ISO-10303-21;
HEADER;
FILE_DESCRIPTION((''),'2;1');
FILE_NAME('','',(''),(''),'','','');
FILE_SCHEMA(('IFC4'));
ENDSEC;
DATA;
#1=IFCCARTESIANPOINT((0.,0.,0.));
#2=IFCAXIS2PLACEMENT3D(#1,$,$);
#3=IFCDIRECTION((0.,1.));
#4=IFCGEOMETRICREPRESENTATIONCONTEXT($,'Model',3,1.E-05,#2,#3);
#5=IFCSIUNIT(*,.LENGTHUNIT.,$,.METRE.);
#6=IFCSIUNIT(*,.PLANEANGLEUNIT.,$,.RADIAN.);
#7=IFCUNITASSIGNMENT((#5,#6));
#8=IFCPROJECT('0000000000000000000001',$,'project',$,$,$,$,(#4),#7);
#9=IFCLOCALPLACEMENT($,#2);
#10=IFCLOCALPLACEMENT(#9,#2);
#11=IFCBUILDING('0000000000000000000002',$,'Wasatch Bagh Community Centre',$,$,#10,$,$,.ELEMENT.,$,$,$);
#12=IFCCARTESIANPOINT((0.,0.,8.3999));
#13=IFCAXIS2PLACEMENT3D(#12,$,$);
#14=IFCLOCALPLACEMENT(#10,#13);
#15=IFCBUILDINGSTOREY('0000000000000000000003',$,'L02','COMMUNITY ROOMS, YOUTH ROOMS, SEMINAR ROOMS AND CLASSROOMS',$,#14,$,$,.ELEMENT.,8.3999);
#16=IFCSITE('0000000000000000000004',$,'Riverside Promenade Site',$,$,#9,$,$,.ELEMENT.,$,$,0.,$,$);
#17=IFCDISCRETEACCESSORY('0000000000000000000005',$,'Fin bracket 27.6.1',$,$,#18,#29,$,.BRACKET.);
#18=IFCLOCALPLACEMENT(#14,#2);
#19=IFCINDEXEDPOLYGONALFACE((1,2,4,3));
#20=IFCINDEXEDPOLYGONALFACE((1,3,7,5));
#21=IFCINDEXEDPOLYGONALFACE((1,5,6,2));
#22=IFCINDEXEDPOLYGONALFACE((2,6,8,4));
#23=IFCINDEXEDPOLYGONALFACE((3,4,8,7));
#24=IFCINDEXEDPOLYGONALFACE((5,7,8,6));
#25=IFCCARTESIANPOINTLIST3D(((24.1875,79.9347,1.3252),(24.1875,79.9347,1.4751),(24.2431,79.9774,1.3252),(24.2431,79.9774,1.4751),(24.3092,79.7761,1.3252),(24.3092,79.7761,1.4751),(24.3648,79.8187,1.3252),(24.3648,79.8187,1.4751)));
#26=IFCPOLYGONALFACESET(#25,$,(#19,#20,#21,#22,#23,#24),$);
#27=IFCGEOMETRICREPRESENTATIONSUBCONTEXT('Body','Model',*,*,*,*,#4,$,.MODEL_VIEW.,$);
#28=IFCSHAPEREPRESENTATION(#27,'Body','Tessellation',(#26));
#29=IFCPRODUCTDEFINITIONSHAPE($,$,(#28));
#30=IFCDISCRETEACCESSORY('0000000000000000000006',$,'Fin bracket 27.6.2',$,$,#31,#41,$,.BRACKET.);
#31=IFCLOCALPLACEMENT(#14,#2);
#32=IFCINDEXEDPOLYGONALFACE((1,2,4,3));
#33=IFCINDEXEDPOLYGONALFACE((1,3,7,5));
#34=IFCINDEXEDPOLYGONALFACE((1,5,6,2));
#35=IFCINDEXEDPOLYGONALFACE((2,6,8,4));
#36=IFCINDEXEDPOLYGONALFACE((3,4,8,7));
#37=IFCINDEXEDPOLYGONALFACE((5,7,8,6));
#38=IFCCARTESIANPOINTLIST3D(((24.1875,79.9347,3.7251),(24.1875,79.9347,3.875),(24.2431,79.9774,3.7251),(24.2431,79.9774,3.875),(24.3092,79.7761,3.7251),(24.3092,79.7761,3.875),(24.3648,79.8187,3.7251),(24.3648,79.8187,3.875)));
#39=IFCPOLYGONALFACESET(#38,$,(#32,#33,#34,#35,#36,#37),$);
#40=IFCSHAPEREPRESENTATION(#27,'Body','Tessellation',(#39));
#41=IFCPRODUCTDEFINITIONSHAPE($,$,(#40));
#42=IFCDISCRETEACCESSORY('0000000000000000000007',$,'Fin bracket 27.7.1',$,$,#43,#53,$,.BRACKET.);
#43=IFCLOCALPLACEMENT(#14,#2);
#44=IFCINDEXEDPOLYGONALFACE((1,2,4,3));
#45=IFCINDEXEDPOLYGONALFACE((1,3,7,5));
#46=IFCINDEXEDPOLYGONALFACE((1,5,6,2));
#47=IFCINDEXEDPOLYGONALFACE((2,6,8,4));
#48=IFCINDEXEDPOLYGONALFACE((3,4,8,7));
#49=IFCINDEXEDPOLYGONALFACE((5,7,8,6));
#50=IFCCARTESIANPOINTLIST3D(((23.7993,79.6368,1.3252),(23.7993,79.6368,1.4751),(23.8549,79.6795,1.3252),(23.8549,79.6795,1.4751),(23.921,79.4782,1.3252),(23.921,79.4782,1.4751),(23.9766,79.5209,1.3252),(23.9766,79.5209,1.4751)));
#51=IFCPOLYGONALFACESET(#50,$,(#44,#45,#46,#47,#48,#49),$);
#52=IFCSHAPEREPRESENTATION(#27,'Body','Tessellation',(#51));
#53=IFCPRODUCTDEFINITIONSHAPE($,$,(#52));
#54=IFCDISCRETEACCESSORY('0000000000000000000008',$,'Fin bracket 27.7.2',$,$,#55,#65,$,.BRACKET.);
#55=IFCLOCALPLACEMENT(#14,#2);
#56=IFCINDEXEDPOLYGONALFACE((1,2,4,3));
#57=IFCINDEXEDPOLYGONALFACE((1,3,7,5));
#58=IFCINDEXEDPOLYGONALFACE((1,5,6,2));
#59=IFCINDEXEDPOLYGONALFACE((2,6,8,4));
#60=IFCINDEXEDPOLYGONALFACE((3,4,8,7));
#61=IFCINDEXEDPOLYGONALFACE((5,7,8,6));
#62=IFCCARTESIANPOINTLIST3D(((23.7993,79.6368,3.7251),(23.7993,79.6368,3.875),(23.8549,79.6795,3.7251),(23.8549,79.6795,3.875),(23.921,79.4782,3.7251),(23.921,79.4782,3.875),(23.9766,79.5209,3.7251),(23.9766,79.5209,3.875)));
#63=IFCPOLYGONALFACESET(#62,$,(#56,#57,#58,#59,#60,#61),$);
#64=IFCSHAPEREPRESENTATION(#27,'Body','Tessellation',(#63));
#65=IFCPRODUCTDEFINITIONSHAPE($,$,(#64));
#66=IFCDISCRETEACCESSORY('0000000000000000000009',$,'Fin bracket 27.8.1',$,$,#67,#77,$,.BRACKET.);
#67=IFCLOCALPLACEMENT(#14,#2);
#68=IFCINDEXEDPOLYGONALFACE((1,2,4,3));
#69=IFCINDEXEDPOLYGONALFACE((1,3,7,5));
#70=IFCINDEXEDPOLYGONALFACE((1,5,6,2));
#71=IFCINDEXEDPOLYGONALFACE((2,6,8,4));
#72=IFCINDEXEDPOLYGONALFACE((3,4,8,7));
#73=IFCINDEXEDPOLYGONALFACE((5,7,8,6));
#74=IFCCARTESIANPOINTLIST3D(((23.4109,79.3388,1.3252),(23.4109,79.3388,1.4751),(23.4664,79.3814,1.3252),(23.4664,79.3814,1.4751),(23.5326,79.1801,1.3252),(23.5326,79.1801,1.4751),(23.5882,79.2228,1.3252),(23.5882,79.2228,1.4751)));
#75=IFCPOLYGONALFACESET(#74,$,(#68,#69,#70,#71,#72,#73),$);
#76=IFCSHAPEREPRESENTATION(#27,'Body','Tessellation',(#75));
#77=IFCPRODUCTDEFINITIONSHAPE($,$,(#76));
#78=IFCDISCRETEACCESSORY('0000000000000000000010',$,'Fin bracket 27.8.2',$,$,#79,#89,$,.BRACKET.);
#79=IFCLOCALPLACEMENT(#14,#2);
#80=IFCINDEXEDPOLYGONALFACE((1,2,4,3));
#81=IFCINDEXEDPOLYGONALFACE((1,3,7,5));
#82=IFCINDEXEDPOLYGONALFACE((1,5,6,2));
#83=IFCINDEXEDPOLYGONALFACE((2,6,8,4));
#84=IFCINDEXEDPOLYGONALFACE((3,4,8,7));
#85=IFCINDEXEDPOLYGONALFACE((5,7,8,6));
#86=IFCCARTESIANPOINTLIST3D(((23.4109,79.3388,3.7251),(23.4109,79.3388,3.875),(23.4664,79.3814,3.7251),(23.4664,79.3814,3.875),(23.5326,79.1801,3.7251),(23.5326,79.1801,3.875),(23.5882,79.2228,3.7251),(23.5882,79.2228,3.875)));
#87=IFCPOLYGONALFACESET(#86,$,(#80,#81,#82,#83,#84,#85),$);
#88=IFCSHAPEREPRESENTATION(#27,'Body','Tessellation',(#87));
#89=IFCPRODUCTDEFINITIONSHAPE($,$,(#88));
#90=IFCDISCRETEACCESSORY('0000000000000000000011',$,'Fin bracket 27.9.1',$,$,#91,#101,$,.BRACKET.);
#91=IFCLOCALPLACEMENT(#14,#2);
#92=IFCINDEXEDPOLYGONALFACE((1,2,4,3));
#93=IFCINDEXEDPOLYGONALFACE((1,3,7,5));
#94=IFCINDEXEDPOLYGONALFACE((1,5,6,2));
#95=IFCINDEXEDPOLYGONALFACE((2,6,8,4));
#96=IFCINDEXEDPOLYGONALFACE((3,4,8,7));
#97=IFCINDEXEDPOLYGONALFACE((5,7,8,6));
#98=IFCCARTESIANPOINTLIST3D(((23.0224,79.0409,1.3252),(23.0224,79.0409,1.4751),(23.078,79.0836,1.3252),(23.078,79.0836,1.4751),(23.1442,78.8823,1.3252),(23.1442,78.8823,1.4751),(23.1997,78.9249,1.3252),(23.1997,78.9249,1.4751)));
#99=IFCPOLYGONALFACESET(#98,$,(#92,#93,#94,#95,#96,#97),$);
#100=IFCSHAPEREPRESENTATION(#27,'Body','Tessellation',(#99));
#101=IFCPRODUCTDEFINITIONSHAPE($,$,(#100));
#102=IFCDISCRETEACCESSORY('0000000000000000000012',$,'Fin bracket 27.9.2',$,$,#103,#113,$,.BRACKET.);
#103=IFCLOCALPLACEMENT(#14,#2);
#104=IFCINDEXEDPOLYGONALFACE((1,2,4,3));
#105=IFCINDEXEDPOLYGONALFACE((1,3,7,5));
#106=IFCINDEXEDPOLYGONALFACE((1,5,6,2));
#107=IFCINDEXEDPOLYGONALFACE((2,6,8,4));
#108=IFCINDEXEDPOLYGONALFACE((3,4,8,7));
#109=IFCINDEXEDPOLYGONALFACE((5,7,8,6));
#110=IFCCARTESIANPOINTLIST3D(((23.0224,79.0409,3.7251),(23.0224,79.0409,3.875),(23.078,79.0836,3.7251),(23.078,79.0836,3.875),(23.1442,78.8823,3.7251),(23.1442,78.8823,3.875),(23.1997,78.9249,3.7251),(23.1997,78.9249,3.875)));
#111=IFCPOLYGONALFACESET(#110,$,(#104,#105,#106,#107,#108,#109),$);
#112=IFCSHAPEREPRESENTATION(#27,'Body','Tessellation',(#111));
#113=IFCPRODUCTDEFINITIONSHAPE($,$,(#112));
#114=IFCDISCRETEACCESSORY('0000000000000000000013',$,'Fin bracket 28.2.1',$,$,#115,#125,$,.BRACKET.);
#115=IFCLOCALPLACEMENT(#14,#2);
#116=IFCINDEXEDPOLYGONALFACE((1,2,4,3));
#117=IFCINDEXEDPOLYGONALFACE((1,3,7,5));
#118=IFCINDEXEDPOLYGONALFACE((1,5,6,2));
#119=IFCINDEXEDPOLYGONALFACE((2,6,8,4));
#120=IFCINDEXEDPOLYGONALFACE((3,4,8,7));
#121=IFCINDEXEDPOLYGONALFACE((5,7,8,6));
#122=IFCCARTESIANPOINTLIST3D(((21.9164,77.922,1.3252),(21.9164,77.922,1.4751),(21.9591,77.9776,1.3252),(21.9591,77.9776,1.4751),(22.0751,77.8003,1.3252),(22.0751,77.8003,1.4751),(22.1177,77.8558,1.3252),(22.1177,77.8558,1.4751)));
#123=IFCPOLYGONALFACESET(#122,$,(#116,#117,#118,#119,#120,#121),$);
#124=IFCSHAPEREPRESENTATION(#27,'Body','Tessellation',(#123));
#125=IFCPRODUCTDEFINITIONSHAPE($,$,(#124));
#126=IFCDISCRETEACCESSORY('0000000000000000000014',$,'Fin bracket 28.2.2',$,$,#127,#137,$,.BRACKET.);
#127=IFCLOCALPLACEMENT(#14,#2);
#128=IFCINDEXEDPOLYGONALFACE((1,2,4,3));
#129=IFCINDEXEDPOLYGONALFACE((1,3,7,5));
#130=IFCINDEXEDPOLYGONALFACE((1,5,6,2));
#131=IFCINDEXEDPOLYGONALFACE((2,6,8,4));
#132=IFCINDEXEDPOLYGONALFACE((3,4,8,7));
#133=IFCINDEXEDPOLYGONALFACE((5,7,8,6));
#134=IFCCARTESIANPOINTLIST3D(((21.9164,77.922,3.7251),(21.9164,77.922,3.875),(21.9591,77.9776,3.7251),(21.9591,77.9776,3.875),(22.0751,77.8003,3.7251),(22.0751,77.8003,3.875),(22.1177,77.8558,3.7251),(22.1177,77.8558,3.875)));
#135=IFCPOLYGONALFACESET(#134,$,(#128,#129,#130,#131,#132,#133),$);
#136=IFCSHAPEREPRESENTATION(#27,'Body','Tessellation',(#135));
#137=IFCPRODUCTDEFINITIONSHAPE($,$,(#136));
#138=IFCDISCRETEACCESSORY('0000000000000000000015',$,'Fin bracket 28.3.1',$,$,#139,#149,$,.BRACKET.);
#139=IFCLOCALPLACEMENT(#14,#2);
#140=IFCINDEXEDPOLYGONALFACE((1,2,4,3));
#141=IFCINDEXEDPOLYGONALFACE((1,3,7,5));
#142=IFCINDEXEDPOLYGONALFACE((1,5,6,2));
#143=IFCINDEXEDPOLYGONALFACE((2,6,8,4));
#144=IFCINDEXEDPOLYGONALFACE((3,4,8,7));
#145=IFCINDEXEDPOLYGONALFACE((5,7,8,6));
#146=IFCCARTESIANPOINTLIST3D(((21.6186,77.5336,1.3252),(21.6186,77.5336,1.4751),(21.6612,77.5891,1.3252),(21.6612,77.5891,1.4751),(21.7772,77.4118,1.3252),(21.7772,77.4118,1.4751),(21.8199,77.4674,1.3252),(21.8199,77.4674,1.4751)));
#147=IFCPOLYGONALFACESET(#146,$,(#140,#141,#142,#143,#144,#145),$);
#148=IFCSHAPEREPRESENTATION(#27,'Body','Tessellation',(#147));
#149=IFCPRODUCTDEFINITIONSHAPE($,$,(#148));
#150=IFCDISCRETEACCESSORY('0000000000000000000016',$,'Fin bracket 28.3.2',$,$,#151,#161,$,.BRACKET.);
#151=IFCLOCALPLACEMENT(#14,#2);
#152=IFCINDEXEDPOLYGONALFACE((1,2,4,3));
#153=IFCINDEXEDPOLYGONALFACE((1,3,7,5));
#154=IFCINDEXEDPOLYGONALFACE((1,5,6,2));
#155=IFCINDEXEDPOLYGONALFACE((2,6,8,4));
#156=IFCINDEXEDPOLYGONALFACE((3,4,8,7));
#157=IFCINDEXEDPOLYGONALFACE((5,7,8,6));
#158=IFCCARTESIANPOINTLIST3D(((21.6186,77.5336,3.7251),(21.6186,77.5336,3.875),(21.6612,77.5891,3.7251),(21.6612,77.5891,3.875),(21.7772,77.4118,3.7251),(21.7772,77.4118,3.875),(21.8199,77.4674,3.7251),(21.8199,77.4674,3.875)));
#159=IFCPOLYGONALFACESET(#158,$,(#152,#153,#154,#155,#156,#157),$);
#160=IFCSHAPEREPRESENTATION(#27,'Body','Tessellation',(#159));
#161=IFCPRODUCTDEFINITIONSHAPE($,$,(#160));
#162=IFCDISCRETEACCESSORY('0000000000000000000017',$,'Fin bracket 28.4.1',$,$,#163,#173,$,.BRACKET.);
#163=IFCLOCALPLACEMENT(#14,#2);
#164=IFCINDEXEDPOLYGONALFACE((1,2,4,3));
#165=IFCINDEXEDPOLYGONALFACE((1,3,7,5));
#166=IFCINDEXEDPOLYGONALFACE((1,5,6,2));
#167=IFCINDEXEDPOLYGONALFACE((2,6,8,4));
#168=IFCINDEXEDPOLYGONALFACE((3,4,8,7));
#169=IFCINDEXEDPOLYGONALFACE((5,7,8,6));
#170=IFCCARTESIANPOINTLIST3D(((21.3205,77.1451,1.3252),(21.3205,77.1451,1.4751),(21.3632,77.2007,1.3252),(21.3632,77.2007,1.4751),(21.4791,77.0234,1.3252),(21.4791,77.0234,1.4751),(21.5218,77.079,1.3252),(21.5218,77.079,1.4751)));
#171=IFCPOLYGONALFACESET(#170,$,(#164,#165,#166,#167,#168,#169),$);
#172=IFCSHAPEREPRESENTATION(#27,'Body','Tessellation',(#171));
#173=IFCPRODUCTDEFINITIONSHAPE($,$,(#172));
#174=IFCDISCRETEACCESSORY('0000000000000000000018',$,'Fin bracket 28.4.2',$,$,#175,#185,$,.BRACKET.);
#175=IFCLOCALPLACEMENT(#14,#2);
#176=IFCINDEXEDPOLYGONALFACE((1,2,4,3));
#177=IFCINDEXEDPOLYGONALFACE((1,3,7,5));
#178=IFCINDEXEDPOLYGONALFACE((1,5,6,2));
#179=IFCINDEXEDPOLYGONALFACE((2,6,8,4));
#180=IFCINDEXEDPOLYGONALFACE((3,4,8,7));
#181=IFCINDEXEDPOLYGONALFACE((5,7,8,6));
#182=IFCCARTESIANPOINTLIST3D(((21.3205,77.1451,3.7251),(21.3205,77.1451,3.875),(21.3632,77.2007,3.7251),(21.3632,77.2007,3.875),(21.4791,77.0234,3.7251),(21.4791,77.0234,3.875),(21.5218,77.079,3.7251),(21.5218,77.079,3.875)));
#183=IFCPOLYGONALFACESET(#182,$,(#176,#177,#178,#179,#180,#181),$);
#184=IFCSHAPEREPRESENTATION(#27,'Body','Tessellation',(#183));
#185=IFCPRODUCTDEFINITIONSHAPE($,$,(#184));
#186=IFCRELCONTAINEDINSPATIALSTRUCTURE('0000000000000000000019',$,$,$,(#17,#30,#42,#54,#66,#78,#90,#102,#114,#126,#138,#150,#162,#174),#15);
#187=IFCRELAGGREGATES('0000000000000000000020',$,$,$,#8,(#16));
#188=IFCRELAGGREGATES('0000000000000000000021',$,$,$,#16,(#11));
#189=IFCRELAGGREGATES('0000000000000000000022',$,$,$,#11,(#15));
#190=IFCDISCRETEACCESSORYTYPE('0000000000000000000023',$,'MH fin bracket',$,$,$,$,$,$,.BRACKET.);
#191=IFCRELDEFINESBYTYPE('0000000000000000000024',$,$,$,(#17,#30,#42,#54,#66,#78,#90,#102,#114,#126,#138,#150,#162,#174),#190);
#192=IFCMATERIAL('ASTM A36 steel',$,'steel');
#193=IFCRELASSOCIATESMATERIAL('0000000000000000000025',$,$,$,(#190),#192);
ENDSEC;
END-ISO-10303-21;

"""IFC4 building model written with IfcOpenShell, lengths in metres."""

from ifc_helpers import new_model, si_unit, direction, frame, origin, origin_2d, place, context, subcontext, project, spatial, rectangle, extrude, material, type_object, element, save


model = new_model("IFC4")

# Units and contexts
model_context = context("Model", 3, precision=1e-05, world=origin(), true_north=direction((0.0, 1.0)))
body_context = subcontext(model_context, "Body", "Model", "MODEL_VIEW")
ifc_project = project(units=[si_unit("LENGTHUNIT", "METRE"), si_unit("PLANEANGLEUNIT", "RADIAN")], contexts=[model_context])

# Site, building, storey
site_placement = place(None, origin())
site = spatial("IfcSite", under=ifc_project, at=site_placement, Name="Riverside Promenade Site", CompositionType="ELEMENT", RefElevation=0.0)
building_placement = place(site_placement, origin())
building = spatial("IfcBuilding", under=site, at=building_placement, Name="Wasatch Bagh Community Centre", CompositionType="ELEMENT")
storey_placement = place(building_placement, frame((0.0, 0.0, 8.3999)))
storey = spatial("IfcBuildingStorey", under=building, at=storey_placement, Name="L02", Description="COMMUNITY ROOMS, YOUTH ROOMS, SEMINAR ROOMS AND CLASSROOMS", CompositionType="ELEMENT", Elevation=8.3999)

# Discrete accessories
ifc_material_1 = material(Name="ASTM A36 steel", Category="steel")
discrete_accessory_type = type_object("IfcDiscreteAccessoryType", Name="MH fin bracket", PredefinedType="BRACKET", material=ifc_material_1)
for number, where, z_axis, x_axis, name in (
    (1, (24.2761, 79.8767, 1.3252), (0.0, 0.0, 1.0), (-0.793353, -0.608761, 0.0), "Fin bracket 27.6.1"),
    (2, (24.2761, 79.8767, 3.7251), (0.0, 0.0, 1.0), (-0.793353, -0.608761, 0.0), "Fin bracket 27.6.2"),
    (3, (23.8879, 79.5789, 1.3252), (0.0, 0.0, 1.0), (-0.793353, -0.608761, 0.0), "Fin bracket 27.7.1"),
    (4, (23.8879, 79.5789, 3.7251), (0.0, 0.0, 1.0), (-0.793353, -0.608761, 0.0), "Fin bracket 27.7.2"),
    (5, (23.4995, 79.2808, 1.3252), (0.0, 0.0, 1.0), (-0.793353, -0.608761, 0.0), "Fin bracket 27.8.1"),
    (6, (23.4995, 79.2808, 3.7251), (0.0, 0.0, 1.0), (-0.793353, -0.608761, 0.0), "Fin bracket 27.8.2"),
    (7, (23.1111, 78.9829, 1.3252), (0.0, 0.0, 1.0), (-0.793353, -0.608761, 0.0), "Fin bracket 27.9.1"),
    (8, (23.1111, 78.9829, 3.7251), (0.0, 0.0, 1.0), (-0.793353, -0.608761, 0.0), "Fin bracket 27.9.2"),
    (9, (22.0171, 77.8889, 1.3252), (0.0, 0.0, 1.0), (-0.608761, -0.793353, 0.0), "Fin bracket 28.2.1"),
    (10, (22.0171, 77.8889, 3.7251), (0.0, 0.0, 1.0), (-0.608761, -0.793353, 0.0), "Fin bracket 28.2.2"),
    (11, (21.7192, 77.5005, 1.3252), (0.0, 0.0, 1.0), (-0.608761, -0.793353, 0.0), "Fin bracket 28.3.1"),
    (12, (21.7192, 77.5005, 3.7251), (0.0, 0.0, 1.0), (-0.608761, -0.793353, 0.0), "Fin bracket 28.3.2"),
    (13, (21.4211, 77.1121, 1.3252), (0.0, 0.0, 1.0), (-0.608761, -0.793353, 0.0), "Fin bracket 28.4.1"),
    (14, (21.4211, 77.1121, 3.7251), (0.0, 0.0, 1.0), (-0.608761, -0.793353, 0.0), "Fin bracket 28.4.2"),
):
    element("IfcDiscreteAccessory", number, at=place(storey_placement, frame(where, z_axis=z_axis, x_axis=x_axis)), inside=storey, type_object=discrete_accessory_type, Name=name, PredefinedType="BRACKET", context=body_context, shape_type="SweptSolid", body=[
        extrude(rectangle(XDim=0.0701, YDim=0.2, at=origin_2d()), origin(), (0.0, 0.0, 1.0), 0.1499),
    ])

save(model, "model.ifc")
